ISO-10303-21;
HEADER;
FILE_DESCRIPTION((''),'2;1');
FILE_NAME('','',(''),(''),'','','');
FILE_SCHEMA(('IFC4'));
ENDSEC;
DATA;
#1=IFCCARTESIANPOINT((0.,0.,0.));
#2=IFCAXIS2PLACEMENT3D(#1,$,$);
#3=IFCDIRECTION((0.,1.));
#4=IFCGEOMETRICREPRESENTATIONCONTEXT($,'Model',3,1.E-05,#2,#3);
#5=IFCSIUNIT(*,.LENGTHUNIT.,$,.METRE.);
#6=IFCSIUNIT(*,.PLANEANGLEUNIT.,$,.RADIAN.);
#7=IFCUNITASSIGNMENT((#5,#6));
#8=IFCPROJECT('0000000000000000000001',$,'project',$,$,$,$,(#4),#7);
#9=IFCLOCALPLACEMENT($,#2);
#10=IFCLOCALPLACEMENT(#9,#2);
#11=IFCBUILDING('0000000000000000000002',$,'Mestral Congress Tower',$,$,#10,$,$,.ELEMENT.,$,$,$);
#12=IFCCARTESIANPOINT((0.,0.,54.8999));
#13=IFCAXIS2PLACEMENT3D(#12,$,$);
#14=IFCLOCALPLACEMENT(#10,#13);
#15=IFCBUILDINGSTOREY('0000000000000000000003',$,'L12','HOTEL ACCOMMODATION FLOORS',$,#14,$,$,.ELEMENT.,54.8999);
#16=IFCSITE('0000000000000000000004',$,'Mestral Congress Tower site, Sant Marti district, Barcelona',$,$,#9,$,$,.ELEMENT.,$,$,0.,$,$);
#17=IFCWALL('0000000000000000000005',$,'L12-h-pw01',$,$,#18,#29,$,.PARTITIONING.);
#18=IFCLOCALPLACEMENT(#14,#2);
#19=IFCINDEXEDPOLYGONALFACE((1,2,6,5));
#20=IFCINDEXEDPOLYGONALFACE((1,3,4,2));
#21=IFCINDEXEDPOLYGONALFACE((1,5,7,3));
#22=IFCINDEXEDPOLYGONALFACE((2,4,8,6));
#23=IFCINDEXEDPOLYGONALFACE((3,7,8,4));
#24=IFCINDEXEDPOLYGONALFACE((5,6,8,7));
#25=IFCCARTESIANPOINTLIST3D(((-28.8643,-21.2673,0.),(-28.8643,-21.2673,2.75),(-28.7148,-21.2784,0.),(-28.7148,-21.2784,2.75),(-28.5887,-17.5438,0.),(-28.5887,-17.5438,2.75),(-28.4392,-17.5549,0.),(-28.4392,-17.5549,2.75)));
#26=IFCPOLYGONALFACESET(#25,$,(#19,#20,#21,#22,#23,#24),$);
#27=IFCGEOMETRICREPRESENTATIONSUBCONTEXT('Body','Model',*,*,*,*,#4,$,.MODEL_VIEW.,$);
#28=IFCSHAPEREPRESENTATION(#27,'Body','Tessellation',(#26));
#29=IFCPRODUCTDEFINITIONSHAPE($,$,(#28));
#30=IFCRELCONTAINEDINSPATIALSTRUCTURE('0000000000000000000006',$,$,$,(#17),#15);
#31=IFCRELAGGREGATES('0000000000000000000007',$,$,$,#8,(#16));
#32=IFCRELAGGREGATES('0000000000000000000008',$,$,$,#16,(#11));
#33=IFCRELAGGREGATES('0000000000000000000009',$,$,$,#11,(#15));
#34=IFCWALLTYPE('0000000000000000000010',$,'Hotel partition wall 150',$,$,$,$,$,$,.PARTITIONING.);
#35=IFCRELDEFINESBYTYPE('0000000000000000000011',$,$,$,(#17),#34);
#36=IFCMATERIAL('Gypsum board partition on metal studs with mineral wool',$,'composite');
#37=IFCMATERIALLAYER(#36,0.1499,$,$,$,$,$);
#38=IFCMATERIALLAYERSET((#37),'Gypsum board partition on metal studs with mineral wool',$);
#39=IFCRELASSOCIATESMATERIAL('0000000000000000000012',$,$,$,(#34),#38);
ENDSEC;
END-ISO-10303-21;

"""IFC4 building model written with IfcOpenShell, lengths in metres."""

from ifc_helpers import new_model, si_unit, direction, frame, frame_2d, origin, place, context, subcontext, project, spatial, rectangle, extrude, material, layer, layer_set, type_object, element, save


model = new_model("IFC4")

# Units and contexts
model_context = context("Model", 3, precision=1e-05, world=origin(), true_north=direction((0.0, 1.0)))
body_context = subcontext(model_context, "Body", "Model", "MODEL_VIEW")
ifc_project = project(units=[si_unit("LENGTHUNIT", "METRE"), si_unit("PLANEANGLEUNIT", "RADIAN")], contexts=[model_context])

# Site, building, storey
site_placement = place(None, origin())
site = spatial("IfcSite", under=ifc_project, at=site_placement, Name="Mestral Congress Tower site, Sant Marti district, Barcelona", CompositionType="ELEMENT", RefElevation=0.0)
building_placement = place(site_placement, origin())
building = spatial("IfcBuilding", under=site, at=building_placement, Name="Mestral Congress Tower", CompositionType="ELEMENT")
storey_placement = place(building_placement, frame((0.0, 0.0, 54.8999)))
storey = spatial("IfcBuildingStorey", under=building, at=storey_placement, Name="L12", Description="HOTEL ACCOMMODATION FLOORS", CompositionType="ELEMENT", Elevation=54.8999)

# Shared definitions
ifc_material_1 = material(Name="Gypsum board partition on metal studs with mineral wool", Category="composite")

# Shared definitions
ifc_layer_1 = layer(ifc_material_1, 0.1499)
ifc_layer_set_1 = layer_set([ifc_layer_1], Name="Gypsum board partition on metal studs with mineral wool")
wall_type_1 = type_object("IfcWallType", Name="Hotel partition wall 150", PredefinedType="PARTITIONING", material=ifc_layer_set_1)

# Wall
wall_1_placement = place(storey_placement, frame((-28.7896, -21.2727, 0.0), z_axis=(0.0, 0.0, 1.0), x_axis=(0.073826, 0.997271, 0.0)))
element("IfcWall", 1, at=wall_1_placement, inside=storey, type_object=wall_type_1, Name="L12-h-pw01", PredefinedType="PARTITIONING", context=body_context, shape_type="SweptSolid", body=[
    extrude(rectangle(XDim=3.7336, YDim=0.1499, at=frame_2d((1.8667, 0.0))), origin(), (0.0, 0.0, 1.0), 2.75),
])

save(model, "model.ifc")
